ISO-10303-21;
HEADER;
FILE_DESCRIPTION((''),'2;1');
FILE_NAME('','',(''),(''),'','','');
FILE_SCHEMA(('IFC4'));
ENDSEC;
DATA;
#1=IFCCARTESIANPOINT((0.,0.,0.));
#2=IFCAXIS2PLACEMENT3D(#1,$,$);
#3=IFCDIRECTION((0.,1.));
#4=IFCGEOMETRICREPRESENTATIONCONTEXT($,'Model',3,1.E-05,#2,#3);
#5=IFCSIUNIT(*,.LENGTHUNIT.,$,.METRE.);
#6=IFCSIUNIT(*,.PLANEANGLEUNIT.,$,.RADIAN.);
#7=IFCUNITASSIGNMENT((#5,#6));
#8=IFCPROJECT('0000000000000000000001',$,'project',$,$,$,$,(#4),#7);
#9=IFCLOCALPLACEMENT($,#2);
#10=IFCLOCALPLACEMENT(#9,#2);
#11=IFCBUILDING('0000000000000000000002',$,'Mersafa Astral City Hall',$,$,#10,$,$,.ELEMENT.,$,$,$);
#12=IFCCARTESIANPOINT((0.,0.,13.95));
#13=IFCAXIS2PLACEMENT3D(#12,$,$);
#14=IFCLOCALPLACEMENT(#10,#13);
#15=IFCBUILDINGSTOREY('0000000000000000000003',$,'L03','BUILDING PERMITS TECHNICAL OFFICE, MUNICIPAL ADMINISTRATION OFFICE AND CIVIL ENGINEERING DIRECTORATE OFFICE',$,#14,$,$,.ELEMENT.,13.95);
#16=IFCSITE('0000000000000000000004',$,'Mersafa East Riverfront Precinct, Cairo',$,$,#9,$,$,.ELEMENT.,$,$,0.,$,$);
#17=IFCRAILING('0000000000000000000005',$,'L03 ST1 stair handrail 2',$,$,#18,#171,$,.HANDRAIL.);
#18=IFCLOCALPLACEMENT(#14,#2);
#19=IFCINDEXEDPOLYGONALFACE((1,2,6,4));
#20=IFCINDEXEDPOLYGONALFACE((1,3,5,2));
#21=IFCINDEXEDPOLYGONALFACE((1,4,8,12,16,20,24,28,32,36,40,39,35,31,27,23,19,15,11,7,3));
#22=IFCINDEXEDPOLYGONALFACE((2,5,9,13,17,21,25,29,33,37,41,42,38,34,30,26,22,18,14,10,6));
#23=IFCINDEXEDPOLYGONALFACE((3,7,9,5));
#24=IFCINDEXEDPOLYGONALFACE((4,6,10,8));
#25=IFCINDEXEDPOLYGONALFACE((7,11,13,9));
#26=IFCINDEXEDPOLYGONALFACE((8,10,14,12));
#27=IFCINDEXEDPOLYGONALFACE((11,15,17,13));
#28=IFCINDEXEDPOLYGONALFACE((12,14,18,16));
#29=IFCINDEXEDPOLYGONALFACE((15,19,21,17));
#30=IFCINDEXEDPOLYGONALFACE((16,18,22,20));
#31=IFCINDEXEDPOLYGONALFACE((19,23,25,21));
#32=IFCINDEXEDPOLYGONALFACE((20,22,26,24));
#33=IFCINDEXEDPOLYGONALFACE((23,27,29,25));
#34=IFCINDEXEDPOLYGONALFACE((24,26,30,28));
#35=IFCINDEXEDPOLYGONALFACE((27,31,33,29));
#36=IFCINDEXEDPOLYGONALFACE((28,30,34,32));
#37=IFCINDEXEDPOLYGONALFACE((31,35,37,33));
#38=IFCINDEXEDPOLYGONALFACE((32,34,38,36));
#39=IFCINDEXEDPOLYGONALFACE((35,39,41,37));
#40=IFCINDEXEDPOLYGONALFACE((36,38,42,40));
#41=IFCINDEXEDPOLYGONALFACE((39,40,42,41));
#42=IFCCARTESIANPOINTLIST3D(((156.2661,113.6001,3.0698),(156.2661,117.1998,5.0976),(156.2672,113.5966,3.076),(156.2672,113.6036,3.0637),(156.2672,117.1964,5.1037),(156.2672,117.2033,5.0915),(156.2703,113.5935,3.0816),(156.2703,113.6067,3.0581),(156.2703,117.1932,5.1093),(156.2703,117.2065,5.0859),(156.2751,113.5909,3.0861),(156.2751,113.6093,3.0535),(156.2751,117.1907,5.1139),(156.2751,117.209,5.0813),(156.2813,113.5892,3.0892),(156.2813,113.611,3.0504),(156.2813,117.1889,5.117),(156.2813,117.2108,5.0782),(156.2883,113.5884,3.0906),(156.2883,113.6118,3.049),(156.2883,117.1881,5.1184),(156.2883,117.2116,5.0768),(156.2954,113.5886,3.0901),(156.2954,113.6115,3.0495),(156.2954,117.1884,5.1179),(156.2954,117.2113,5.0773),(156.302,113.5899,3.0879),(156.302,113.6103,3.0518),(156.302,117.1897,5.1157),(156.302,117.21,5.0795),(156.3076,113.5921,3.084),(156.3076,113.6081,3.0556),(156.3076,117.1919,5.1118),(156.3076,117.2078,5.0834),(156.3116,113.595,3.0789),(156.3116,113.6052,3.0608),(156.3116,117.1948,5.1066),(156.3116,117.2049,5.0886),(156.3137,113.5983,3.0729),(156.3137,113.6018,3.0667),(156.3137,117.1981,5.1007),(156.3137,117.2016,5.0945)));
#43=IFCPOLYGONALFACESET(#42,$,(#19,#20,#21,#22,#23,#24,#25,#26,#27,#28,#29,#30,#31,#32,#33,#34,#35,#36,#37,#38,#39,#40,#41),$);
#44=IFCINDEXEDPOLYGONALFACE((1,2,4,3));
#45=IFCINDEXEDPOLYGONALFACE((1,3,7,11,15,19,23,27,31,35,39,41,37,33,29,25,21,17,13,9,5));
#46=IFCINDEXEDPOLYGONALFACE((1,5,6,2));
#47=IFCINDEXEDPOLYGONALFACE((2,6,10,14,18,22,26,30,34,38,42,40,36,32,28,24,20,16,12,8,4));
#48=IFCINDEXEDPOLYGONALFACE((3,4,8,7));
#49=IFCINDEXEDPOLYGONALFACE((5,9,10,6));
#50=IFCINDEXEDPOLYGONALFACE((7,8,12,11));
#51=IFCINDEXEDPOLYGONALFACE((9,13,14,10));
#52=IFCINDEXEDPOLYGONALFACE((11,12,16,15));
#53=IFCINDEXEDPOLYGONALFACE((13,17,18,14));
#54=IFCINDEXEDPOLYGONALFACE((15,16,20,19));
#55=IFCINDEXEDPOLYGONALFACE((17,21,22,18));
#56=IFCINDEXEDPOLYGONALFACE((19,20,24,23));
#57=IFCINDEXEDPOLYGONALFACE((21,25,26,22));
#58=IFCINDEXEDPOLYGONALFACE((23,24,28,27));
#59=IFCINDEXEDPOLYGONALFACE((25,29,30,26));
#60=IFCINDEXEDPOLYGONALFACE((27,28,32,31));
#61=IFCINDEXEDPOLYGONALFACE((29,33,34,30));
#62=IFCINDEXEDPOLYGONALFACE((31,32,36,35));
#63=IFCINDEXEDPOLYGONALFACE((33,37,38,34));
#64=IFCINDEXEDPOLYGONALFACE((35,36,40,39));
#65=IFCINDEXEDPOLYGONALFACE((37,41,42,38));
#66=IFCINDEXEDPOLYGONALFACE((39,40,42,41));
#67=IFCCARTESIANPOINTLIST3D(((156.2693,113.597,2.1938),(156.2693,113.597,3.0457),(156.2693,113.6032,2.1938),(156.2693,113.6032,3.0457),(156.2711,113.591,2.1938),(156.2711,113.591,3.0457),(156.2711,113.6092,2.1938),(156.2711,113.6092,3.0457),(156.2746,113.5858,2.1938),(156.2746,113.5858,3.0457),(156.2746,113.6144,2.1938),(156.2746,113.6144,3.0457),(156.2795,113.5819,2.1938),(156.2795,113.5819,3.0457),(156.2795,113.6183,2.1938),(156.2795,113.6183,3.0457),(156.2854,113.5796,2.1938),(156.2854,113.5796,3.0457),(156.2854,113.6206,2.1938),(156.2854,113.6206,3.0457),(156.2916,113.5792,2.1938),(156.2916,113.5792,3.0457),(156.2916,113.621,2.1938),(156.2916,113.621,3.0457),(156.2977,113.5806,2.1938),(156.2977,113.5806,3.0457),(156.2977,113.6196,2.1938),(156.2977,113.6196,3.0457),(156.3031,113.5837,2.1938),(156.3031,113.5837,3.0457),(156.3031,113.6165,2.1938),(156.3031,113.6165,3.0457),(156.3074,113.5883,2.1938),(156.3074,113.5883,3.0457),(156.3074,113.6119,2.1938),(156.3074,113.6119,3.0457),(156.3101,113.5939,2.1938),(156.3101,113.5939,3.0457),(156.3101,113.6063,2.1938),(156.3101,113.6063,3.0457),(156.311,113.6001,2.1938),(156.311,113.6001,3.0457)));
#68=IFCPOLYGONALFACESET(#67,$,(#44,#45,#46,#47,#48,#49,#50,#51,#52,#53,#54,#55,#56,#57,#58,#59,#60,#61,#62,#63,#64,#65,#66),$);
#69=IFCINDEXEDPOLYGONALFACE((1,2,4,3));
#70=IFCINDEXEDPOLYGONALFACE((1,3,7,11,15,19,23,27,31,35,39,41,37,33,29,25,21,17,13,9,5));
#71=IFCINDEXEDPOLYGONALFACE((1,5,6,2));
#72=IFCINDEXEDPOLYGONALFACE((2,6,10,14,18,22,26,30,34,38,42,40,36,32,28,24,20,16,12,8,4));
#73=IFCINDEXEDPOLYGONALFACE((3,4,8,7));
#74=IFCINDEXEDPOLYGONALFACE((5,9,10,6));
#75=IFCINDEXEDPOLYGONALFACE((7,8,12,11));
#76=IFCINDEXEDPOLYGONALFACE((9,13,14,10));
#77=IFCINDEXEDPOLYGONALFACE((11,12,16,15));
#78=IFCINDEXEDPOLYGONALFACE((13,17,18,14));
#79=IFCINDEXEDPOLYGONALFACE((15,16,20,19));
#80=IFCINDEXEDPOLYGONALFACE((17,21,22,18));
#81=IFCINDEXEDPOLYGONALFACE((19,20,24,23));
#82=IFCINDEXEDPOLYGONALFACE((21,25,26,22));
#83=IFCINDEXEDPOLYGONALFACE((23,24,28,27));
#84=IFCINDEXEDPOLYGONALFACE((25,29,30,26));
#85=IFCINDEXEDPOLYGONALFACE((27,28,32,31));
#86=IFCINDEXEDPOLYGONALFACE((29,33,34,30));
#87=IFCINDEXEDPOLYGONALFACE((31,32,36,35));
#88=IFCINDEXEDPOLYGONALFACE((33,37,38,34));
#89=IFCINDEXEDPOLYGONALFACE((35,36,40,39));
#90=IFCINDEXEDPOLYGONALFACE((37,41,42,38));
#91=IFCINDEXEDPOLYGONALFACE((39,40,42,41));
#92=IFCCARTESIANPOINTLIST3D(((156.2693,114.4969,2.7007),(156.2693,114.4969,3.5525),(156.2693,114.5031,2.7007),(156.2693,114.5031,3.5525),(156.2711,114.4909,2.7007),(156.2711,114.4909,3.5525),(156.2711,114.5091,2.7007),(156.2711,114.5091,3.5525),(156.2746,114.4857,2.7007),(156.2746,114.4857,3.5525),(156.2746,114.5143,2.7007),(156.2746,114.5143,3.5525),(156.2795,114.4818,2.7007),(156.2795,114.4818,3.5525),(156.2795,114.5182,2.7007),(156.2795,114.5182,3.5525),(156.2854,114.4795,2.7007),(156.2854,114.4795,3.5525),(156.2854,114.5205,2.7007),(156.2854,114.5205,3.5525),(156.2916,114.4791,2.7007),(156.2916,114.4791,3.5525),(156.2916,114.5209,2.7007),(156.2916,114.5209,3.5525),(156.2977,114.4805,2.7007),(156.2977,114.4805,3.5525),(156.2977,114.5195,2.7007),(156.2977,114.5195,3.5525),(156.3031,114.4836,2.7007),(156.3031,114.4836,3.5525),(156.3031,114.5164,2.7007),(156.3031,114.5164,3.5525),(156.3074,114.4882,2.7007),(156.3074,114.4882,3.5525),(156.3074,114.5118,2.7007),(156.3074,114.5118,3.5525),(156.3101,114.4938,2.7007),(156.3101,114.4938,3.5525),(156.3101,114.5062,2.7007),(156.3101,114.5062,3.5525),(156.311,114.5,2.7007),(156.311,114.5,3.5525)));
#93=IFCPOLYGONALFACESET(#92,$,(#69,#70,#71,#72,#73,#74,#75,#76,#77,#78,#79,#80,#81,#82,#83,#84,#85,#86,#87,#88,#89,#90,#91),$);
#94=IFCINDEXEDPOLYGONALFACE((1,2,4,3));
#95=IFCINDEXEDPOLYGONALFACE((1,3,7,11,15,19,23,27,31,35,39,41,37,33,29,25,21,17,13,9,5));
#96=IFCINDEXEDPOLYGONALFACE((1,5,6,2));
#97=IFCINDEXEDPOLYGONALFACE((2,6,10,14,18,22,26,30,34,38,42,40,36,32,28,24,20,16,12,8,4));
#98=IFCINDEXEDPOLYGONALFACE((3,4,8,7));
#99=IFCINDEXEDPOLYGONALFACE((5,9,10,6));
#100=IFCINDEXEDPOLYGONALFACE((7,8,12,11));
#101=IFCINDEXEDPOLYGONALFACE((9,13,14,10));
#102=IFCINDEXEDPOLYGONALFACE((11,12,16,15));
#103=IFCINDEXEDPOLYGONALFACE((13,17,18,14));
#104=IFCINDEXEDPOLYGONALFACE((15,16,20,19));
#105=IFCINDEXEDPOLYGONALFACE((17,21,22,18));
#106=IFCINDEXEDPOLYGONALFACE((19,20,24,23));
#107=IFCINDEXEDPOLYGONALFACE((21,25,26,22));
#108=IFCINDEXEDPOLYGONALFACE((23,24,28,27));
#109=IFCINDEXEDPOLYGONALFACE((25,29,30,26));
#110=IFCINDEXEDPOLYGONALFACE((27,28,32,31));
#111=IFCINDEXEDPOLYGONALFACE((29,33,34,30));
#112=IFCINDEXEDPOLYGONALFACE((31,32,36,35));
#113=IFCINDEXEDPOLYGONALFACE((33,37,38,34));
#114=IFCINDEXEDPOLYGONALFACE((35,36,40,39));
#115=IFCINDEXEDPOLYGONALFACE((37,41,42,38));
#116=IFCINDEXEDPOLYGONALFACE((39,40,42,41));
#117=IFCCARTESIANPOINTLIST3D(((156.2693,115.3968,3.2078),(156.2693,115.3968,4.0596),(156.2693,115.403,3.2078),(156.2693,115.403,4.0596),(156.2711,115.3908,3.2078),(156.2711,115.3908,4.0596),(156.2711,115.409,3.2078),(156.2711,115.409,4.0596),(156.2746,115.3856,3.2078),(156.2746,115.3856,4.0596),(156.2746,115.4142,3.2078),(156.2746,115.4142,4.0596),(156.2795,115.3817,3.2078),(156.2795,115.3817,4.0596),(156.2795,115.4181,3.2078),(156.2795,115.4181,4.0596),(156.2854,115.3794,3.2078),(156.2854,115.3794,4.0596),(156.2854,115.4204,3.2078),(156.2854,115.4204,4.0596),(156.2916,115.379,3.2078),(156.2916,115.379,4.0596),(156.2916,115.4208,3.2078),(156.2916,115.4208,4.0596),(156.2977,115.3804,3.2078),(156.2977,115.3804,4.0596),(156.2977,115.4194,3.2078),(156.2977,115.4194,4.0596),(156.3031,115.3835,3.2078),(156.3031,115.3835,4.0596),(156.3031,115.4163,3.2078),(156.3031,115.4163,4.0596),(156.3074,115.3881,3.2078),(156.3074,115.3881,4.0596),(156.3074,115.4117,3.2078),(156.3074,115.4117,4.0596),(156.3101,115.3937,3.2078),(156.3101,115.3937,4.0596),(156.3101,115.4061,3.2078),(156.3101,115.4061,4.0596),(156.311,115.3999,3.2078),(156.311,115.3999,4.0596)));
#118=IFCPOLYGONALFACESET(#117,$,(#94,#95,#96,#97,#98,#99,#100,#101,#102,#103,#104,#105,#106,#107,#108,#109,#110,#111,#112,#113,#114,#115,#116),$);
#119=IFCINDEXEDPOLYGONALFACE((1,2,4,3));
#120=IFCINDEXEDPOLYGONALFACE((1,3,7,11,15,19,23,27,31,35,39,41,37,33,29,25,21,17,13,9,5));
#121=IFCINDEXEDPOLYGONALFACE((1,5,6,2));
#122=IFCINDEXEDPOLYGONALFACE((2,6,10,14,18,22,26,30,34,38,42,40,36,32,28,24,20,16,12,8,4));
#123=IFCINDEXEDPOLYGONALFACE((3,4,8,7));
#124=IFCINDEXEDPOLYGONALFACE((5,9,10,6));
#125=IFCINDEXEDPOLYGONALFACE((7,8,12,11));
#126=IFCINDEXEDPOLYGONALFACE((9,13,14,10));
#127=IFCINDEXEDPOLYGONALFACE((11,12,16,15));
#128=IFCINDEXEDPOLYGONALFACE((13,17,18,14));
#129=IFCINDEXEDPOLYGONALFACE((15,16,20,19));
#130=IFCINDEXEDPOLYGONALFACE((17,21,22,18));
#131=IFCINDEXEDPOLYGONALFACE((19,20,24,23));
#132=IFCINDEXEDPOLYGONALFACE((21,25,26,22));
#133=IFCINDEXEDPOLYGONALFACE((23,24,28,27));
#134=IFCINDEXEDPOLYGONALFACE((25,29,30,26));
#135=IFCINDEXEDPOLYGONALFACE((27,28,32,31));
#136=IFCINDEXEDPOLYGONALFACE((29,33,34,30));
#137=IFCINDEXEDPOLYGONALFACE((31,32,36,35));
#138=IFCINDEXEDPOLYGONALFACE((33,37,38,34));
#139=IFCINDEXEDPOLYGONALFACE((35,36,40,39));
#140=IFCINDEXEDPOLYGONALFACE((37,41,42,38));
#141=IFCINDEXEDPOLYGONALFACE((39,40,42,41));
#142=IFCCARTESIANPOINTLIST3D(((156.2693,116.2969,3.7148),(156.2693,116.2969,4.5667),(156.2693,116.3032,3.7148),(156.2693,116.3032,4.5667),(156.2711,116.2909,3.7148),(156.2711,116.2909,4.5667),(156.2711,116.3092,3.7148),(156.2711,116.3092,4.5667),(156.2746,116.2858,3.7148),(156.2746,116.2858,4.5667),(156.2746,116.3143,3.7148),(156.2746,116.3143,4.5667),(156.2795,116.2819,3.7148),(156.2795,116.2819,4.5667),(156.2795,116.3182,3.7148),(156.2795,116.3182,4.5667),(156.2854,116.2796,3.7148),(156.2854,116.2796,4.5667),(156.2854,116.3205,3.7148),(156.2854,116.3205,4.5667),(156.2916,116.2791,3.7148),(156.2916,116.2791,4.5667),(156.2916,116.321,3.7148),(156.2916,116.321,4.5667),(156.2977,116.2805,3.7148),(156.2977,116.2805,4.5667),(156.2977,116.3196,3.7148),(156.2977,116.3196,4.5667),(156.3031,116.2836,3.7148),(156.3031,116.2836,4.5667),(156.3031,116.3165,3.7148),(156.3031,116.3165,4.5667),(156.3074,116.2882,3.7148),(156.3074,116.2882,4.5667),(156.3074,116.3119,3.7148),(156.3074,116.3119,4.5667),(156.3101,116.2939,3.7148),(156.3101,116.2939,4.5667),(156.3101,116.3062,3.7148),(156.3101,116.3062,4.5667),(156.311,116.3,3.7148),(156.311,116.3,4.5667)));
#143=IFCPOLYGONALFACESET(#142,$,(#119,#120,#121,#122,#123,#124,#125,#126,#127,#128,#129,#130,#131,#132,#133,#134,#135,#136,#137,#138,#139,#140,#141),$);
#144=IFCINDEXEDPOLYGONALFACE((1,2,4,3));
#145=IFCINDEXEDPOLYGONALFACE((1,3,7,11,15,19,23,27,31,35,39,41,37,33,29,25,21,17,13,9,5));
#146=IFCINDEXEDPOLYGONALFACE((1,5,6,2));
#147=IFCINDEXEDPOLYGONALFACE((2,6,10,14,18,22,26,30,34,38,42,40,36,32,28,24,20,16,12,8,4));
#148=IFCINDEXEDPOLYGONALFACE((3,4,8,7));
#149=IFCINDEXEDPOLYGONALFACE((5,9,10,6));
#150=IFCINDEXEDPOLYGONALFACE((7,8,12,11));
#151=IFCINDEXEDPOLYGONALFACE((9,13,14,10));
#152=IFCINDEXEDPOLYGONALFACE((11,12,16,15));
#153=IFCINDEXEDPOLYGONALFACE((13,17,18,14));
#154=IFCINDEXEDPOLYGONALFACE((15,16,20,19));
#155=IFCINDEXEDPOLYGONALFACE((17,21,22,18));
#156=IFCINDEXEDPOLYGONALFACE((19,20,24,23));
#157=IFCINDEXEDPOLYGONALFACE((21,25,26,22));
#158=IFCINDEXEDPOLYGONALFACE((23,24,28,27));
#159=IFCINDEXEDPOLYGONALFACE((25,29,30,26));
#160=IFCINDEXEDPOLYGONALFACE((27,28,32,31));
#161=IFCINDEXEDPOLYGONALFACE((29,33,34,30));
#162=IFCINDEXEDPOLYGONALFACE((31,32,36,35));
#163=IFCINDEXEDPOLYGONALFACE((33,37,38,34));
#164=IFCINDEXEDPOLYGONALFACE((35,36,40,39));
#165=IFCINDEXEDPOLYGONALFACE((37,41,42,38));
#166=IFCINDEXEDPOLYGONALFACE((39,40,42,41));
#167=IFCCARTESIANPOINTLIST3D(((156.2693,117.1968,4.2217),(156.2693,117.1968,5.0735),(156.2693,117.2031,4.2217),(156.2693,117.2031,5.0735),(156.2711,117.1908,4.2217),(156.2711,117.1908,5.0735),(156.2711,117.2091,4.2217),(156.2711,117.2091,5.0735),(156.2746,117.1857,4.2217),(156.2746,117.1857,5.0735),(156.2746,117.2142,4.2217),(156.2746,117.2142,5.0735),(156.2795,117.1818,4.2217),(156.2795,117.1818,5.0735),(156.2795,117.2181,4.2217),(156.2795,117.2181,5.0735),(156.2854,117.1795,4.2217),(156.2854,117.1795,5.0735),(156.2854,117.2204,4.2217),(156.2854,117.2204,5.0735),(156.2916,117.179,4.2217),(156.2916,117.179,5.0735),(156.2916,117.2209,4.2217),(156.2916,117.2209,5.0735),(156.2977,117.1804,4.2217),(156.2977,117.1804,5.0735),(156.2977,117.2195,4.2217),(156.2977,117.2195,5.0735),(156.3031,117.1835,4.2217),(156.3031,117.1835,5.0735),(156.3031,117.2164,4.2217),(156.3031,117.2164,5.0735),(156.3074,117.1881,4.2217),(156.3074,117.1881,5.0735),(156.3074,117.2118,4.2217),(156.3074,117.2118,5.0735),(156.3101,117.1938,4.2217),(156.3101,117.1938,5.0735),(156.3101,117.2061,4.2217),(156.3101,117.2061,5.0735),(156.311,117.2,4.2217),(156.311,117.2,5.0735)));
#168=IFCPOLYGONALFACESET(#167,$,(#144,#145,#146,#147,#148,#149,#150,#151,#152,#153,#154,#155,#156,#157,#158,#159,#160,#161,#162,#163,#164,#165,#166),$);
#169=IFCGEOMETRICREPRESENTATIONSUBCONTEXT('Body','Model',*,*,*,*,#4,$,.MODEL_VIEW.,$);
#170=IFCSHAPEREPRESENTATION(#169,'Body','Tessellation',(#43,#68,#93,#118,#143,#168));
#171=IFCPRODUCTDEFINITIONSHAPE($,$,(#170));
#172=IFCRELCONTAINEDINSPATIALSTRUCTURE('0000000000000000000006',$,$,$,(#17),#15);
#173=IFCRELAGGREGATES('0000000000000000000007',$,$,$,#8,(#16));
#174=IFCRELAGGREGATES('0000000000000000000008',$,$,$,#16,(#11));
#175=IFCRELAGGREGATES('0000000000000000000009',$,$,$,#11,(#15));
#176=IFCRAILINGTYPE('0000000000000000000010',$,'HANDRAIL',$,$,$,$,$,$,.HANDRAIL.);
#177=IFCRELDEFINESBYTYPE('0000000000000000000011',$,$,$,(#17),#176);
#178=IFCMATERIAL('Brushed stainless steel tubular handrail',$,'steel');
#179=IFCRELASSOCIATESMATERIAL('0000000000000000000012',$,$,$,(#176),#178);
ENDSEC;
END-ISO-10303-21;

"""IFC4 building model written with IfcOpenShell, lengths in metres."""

from ifc_helpers import new_model, si_unit, direction, frame, origin, origin_2d, place, context, subcontext, project, spatial, circle, extrude, material, type_object, element, save


model = new_model("IFC4")

# Units and contexts
model_context = context("Model", 3, precision=1e-05, world=origin(), true_north=direction((0.0, 1.0)))
body_context = subcontext(model_context, "Body", "Model", "MODEL_VIEW")
ifc_project = project(units=[si_unit("LENGTHUNIT", "METRE"), si_unit("PLANEANGLEUNIT", "RADIAN")], contexts=[model_context])

# Site, building, storey
site_placement = place(None, origin())
site = spatial("IfcSite", under=ifc_project, at=site_placement, Name="Mersafa East Riverfront Precinct, Cairo", CompositionType="ELEMENT", RefElevation=0.0)
building_placement = place(site_placement, origin())
building = spatial("IfcBuilding", under=site, at=building_placement, Name="Mersafa Astral City Hall", CompositionType="ELEMENT")
storey_placement = place(building_placement, frame((0.0, 0.0, 13.95)))
storey = spatial("IfcBuildingStorey", under=building, at=storey_placement, Name="L03", Description="BUILDING PERMITS TECHNICAL OFFICE, MUNICIPAL ADMINISTRATION OFFICE AND CIVIL ENGINEERING DIRECTORATE OFFICE", CompositionType="ELEMENT", Elevation=13.95)

# Railing
ifc_material_1 = material(Name="Brushed stainless steel tubular handrail", Category="steel")
railing_type_1 = type_object("IfcRailingType", Name="HANDRAIL", PredefinedType="HANDRAIL", material=ifc_material_1)
railing_1_placement = place(storey_placement, frame((156.29, 113.6001, 2.1938)))
element("IfcRailing", 1, at=railing_1_placement, inside=storey, type_object=railing_type_1, Name="L03 ST1 stair handrail 2", PredefinedType="HANDRAIL", context=body_context, shape_type="SweptSolid", body=[
    extrude(circle(Radius=0.0239, at=origin_2d()), frame((0.0, 0.0, 0.876), z_axis=(0.0, 0.871274, 0.490797), x_axis=(-1.0, 0.0, 0.0)), (0.0, 0.0, 1.0), 4.1316),
    extrude(circle(Radius=0.021, at=origin_2d()), origin(), (0.0, 0.0, 1.0), 0.8518),
    extrude(circle(Radius=0.021, at=origin_2d()), frame((0.0, 0.8999, 0.5068)), (0.0, 0.0, 1.0), 0.8518),
    extrude(circle(Radius=0.021, at=origin_2d()), frame((0.0, 1.7998, 1.0139)), (0.0, 0.0, 1.0), 0.8518),
    extrude(circle(Radius=0.021, at=origin_2d()), frame((0.0, 2.7, 1.521)), (0.0, 0.0, 1.0), 0.8518),
    extrude(circle(Radius=0.021, at=origin_2d()), frame((0.0, 3.5999, 2.0278)), (0.0, 0.0, 1.0), 0.8518),
])

save(model, "model.ifc")
